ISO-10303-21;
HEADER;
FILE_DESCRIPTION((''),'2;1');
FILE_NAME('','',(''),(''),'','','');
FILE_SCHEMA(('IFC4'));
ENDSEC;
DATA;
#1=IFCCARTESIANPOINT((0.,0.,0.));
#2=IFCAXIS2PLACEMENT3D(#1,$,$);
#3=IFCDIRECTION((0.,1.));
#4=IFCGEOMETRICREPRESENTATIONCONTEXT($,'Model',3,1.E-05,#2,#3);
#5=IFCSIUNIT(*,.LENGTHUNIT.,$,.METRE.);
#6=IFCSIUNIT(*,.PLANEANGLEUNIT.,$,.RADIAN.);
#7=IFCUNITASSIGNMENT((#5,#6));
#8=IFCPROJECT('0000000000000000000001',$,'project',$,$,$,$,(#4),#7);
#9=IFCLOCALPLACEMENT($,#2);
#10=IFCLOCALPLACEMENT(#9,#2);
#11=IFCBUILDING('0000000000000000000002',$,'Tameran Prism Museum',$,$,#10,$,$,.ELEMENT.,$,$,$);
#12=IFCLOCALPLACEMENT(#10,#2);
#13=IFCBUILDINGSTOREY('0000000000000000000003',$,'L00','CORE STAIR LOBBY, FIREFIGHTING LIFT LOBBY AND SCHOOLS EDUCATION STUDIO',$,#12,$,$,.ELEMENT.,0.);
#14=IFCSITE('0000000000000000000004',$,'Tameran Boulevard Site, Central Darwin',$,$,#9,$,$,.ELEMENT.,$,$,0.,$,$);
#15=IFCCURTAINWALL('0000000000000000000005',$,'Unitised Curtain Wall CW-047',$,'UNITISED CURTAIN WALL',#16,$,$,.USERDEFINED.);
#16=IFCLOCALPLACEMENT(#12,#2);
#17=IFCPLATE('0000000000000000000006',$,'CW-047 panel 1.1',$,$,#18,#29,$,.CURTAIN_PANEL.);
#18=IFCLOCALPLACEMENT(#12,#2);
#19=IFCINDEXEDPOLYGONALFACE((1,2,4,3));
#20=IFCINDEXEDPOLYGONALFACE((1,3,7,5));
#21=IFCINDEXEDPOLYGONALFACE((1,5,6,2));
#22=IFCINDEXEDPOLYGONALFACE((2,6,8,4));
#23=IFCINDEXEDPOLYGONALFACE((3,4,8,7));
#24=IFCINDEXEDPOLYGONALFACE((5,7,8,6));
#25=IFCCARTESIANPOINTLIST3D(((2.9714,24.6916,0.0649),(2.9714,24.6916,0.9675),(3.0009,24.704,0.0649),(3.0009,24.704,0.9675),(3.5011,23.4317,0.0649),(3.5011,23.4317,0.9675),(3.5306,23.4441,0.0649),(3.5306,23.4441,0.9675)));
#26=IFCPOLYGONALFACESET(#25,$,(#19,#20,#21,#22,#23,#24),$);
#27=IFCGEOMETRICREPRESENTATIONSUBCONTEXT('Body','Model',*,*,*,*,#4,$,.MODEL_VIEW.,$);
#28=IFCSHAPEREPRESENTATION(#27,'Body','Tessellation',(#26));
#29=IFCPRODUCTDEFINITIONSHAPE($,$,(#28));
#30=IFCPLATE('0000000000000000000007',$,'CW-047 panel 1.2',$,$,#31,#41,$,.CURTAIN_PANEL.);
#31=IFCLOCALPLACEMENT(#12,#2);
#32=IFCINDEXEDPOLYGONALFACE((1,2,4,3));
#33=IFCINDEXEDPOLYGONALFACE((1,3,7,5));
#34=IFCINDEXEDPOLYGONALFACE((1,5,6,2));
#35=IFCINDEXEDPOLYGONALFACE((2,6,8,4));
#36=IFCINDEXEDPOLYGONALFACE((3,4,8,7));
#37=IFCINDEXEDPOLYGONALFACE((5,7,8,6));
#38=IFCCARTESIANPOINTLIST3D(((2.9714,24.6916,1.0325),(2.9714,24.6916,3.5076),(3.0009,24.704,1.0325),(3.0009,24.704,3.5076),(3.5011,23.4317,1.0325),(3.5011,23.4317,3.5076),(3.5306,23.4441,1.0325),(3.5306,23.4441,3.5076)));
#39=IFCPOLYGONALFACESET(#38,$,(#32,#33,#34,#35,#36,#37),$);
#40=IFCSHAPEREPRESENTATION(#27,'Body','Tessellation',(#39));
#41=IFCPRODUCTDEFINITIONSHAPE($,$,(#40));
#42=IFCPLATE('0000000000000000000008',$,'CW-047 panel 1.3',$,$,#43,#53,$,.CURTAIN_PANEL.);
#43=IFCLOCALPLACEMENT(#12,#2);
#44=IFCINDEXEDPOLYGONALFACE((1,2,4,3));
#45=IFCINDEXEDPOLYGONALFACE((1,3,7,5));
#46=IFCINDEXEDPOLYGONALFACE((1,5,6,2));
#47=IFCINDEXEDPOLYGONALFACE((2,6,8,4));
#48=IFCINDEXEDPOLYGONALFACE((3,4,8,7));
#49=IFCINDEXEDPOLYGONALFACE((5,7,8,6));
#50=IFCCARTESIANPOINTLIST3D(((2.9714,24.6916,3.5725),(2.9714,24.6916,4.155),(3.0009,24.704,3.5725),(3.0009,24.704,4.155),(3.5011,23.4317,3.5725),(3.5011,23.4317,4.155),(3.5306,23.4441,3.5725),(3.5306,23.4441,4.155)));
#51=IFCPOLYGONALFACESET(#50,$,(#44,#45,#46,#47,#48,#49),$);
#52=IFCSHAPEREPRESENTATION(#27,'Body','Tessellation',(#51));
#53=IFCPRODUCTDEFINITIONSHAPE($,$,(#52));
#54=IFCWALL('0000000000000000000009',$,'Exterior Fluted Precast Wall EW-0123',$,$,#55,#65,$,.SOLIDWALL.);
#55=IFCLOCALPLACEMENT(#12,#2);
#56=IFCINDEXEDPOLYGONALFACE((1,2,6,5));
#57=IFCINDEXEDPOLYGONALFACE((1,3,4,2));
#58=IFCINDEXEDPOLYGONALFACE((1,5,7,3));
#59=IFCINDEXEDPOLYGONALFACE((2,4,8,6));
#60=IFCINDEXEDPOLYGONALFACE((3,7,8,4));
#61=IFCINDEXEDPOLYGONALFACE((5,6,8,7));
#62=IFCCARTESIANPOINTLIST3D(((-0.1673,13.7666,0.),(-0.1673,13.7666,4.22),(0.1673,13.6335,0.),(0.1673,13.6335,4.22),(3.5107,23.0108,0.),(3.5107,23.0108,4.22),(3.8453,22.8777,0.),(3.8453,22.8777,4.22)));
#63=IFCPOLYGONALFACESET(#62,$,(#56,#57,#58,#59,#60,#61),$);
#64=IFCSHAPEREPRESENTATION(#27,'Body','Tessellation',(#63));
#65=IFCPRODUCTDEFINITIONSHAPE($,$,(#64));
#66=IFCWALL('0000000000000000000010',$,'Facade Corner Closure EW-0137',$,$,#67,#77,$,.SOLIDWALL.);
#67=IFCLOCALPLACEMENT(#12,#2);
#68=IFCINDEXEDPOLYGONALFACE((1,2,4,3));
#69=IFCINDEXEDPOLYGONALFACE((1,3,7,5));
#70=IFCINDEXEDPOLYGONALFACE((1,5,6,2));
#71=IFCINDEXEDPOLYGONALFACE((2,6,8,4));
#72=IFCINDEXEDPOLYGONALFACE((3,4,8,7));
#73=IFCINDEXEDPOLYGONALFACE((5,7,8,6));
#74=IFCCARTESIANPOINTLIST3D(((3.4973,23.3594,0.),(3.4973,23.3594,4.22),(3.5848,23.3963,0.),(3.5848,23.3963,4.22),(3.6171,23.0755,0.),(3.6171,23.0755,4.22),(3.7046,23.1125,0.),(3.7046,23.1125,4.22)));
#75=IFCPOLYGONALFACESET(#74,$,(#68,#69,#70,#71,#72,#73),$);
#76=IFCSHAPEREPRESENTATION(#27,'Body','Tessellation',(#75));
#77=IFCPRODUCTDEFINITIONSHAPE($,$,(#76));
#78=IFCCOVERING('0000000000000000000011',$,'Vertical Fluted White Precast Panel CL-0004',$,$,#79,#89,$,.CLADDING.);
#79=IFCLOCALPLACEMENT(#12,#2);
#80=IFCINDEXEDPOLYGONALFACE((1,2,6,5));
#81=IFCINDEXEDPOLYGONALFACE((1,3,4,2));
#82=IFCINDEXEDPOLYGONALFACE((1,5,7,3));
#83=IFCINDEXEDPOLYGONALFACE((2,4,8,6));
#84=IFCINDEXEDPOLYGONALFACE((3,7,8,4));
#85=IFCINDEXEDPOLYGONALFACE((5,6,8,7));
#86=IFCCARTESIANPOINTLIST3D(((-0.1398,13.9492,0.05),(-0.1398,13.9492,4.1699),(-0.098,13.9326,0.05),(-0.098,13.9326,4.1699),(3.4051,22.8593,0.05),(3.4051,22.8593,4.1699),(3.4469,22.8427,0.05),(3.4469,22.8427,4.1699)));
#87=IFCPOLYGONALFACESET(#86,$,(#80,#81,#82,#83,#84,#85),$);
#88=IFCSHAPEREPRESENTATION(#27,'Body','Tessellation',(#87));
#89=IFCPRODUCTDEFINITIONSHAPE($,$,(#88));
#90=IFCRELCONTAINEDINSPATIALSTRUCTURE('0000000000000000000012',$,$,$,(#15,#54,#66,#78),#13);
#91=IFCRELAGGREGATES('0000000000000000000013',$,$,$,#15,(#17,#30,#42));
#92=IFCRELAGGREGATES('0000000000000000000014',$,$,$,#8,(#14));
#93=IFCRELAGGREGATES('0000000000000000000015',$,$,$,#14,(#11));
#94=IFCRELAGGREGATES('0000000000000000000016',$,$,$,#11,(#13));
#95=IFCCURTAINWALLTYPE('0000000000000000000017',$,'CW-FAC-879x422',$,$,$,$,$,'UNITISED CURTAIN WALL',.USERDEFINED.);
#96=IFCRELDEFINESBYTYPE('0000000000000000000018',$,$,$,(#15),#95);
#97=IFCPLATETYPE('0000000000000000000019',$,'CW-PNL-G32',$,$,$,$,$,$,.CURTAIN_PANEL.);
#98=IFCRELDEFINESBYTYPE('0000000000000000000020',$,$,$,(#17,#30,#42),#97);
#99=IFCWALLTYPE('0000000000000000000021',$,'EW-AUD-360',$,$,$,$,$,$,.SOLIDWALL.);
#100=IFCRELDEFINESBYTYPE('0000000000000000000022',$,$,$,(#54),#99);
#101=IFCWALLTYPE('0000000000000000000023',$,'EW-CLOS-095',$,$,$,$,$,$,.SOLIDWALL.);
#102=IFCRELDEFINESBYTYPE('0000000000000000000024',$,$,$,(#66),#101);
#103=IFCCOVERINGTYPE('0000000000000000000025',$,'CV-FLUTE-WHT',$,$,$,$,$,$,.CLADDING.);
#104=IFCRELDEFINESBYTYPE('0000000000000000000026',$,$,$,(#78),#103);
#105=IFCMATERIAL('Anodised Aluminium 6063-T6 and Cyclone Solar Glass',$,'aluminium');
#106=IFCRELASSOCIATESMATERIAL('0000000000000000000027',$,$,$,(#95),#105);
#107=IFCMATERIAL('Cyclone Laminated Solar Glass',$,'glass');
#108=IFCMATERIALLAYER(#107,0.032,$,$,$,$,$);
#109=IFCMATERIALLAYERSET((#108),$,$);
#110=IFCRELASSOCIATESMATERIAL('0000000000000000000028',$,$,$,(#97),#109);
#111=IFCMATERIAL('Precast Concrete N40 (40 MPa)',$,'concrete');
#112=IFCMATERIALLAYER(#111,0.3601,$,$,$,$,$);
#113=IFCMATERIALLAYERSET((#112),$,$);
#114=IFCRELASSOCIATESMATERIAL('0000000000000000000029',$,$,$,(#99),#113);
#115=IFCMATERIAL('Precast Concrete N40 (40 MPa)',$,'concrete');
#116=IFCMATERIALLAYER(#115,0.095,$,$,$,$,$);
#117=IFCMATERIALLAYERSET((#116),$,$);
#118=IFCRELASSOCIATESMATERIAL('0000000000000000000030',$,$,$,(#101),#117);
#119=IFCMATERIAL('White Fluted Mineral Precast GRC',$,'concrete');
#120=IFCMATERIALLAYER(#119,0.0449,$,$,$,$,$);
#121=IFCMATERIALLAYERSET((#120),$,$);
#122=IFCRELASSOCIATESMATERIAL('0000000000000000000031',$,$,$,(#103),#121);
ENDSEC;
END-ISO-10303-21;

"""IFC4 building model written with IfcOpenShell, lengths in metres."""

from ifc_helpers import new_model, si_unit, direction, frame, frame_2d, origin, origin_2d, place, context, subcontext, project, spatial, rectangle, extrude, material, layer, layer_set, type_object, element, aggregate, save


model = new_model("IFC4")

# Units and contexts
model_context = context("Model", 3, precision=1e-05, world=origin(), true_north=direction((0.0, 1.0)))
body_context = subcontext(model_context, "Body", "Model", "MODEL_VIEW")
ifc_project = project(units=[si_unit("LENGTHUNIT", "METRE"), si_unit("PLANEANGLEUNIT", "RADIAN")], contexts=[model_context])

# Site, building, storey
site_placement = place(None, origin())
site = spatial("IfcSite", under=ifc_project, at=site_placement, Name="Tameran Boulevard Site, Central Darwin", CompositionType="ELEMENT", RefElevation=0.0)
building_placement = place(site_placement, origin())
building = spatial("IfcBuilding", under=site, at=building_placement, Name="Tameran Prism Museum", CompositionType="ELEMENT")
storey_placement = place(building_placement, origin())
storey = spatial("IfcBuildingStorey", under=building, at=storey_placement, Name="L00", Description="CORE STAIR LOBBY, FIREFIGHTING LIFT LOBBY AND SCHOOLS EDUCATION STUDIO", CompositionType="ELEMENT", Elevation=0.0)

# Curtain wall, plates
ifc_material_1 = material(Name="Anodised Aluminium 6063-T6 and Cyclone Solar Glass", Category="aluminium")
curtain_wall_type = type_object("IfcCurtainWallType", Name="CW-FAC-879x422", ElementType="UNITISED CURTAIN WALL", PredefinedType="USERDEFINED", material=ifc_material_1)
curtain_wall_placement = place(storey_placement, origin())
curtain_wall = element("IfcCurtainWall", 1, at=curtain_wall_placement, inside=storey, type_object=curtain_wall_type, Name="Unitised Curtain Wall CW-047", ObjectType="UNITISED CURTAIN WALL", PredefinedType="USERDEFINED")
ifc_material_2 = material(Name="Cyclone Laminated Solar Glass", Category="glass")
ifc_layer_1 = layer(ifc_material_2, 0.032)
ifc_layer_set_1 = layer_set([ifc_layer_1])
plate_type = type_object("IfcPlateType", Name="CW-PNL-G32", PredefinedType="CURTAIN_PANEL", material=ifc_layer_set_1)
plate_1_placement = place(storey_placement, frame((3.251, 24.0679, 0.0649), z_axis=(0.0, 0.0, 1.0), x_axis=(-0.387563, 0.921843, 0.0)))
plate_1 = element("IfcPlate", 2, at=plate_1_placement, type_object=plate_type, Name="CW-047 panel 1.1", PredefinedType="CURTAIN_PANEL", context=body_context, shape_type="SweptSolid", body=[
    extrude(rectangle(XDim=1.3667, YDim=0.032, at=origin_2d()), origin(), (0.0, 0.0, 1.0), 0.9026),
])
plate_2_placement = place(storey_placement, frame((3.251, 24.0679, 1.0325), z_axis=(0.0, 0.0, 1.0), x_axis=(-0.387563, 0.921843, 0.0)))
plate_2 = element("IfcPlate", 3, at=plate_2_placement, type_object=plate_type, Name="CW-047 panel 1.2", PredefinedType="CURTAIN_PANEL", context=body_context, shape_type="SweptSolid", body=[
    extrude(rectangle(XDim=1.3667, YDim=0.032, at=origin_2d()), origin(), (0.0, 0.0, 1.0), 2.4751),
])
plate_3_placement = place(storey_placement, frame((3.251, 24.0679, 3.5725), z_axis=(0.0, 0.0, 1.0), x_axis=(-0.387563, 0.921843, 0.0)))
plate_3 = element("IfcPlate", 4, at=plate_3_placement, type_object=plate_type, Name="CW-047 panel 1.3", PredefinedType="CURTAIN_PANEL", context=body_context, shape_type="SweptSolid", body=[
    extrude(rectangle(XDim=1.3667, YDim=0.032, at=origin_2d()), origin(), (0.0, 0.0, 1.0), 0.5825),
])
aggregate(curtain_wall, [plate_1, plate_2, plate_3])

# Walls
ifc_material_3 = material(Name="Precast Concrete N40 (40 MPa)", Category="concrete")
ifc_layer_2 = layer(ifc_material_3, 0.3601)
ifc_layer_set_2 = layer_set([ifc_layer_2])
wall_type_1 = type_object("IfcWallType", Name="EW-AUD-360", PredefinedType="SOLIDWALL", material=ifc_layer_set_2)
wall_1_placement = place(storey_placement, frame((0.0, 13.7, 0.0), z_axis=(0.0, 0.0, 1.0), x_axis=(0.369685, 0.929157, 0.0)))
element("IfcWall", 5, at=wall_1_placement, inside=storey, type_object=wall_type_1, Name="Exterior Fluted Precast Wall EW-0123", PredefinedType="SOLIDWALL", context=body_context, shape_type="SweptSolid", body=[
    extrude(rectangle(XDim=9.949, YDim=0.3601, at=frame_2d((4.9746, 0.0))), origin(), (0.0, 0.0, 1.0), 4.22),
])
ifc_material_4 = material(Name="Precast Concrete N40 (40 MPa)", Category="concrete")
ifc_layer_3 = layer(ifc_material_4, 0.095)
ifc_layer_set_3 = layer_set([ifc_layer_3])
wall_type_2 = type_object("IfcWallType", Name="EW-CLOS-095", PredefinedType="SOLIDWALL", material=ifc_layer_set_3)
wall_2_placement = place(storey_placement, frame((3.6609, 23.094, 0.0), z_axis=(0.0, 0.0, 1.0), x_axis=(-0.388942, 0.921262, 0.0)))
element("IfcWall", 6, at=wall_2_placement, inside=storey, type_object=wall_type_2, Name="Facade Corner Closure EW-0137", PredefinedType="SOLIDWALL", context=body_context, shape_type="SweptSolid", body=[
    extrude(rectangle(XDim=0.3081, YDim=0.095, at=frame_2d((0.1541, 0.0))), origin(), (0.0, 0.0, 1.0), 4.22),
])

# Covering
ifc_material_5 = material(Name="White Fluted Mineral Precast GRC", Category="concrete")
ifc_layer_4 = layer(ifc_material_5, 0.0449)
ifc_layer_set_4 = layer_set([ifc_layer_4])
covering_type = type_object("IfcCoveringType", Name="CV-FLUTE-WHT", PredefinedType="CLADDING", material=ifc_layer_set_4)
covering_placement = place(storey_placement, frame((-0.1189, 13.9409, 0.05), z_axis=(0.0, 0.0, 1.0), x_axis=(0.369669, 0.929163, 0.0)))
element("IfcCovering", 7, at=covering_placement, inside=storey, type_object=covering_type, Name="Vertical Fluted White Precast Panel CL-0004", PredefinedType="CLADDING", context=body_context, shape_type="SweptSolid", body=[
    extrude(rectangle(XDim=9.5894, YDim=0.0449, at=frame_2d((4.7947, 0.0))), origin(), (0.0, 0.0, 1.0), 4.1199),
])

save(model, "model.ifc")
